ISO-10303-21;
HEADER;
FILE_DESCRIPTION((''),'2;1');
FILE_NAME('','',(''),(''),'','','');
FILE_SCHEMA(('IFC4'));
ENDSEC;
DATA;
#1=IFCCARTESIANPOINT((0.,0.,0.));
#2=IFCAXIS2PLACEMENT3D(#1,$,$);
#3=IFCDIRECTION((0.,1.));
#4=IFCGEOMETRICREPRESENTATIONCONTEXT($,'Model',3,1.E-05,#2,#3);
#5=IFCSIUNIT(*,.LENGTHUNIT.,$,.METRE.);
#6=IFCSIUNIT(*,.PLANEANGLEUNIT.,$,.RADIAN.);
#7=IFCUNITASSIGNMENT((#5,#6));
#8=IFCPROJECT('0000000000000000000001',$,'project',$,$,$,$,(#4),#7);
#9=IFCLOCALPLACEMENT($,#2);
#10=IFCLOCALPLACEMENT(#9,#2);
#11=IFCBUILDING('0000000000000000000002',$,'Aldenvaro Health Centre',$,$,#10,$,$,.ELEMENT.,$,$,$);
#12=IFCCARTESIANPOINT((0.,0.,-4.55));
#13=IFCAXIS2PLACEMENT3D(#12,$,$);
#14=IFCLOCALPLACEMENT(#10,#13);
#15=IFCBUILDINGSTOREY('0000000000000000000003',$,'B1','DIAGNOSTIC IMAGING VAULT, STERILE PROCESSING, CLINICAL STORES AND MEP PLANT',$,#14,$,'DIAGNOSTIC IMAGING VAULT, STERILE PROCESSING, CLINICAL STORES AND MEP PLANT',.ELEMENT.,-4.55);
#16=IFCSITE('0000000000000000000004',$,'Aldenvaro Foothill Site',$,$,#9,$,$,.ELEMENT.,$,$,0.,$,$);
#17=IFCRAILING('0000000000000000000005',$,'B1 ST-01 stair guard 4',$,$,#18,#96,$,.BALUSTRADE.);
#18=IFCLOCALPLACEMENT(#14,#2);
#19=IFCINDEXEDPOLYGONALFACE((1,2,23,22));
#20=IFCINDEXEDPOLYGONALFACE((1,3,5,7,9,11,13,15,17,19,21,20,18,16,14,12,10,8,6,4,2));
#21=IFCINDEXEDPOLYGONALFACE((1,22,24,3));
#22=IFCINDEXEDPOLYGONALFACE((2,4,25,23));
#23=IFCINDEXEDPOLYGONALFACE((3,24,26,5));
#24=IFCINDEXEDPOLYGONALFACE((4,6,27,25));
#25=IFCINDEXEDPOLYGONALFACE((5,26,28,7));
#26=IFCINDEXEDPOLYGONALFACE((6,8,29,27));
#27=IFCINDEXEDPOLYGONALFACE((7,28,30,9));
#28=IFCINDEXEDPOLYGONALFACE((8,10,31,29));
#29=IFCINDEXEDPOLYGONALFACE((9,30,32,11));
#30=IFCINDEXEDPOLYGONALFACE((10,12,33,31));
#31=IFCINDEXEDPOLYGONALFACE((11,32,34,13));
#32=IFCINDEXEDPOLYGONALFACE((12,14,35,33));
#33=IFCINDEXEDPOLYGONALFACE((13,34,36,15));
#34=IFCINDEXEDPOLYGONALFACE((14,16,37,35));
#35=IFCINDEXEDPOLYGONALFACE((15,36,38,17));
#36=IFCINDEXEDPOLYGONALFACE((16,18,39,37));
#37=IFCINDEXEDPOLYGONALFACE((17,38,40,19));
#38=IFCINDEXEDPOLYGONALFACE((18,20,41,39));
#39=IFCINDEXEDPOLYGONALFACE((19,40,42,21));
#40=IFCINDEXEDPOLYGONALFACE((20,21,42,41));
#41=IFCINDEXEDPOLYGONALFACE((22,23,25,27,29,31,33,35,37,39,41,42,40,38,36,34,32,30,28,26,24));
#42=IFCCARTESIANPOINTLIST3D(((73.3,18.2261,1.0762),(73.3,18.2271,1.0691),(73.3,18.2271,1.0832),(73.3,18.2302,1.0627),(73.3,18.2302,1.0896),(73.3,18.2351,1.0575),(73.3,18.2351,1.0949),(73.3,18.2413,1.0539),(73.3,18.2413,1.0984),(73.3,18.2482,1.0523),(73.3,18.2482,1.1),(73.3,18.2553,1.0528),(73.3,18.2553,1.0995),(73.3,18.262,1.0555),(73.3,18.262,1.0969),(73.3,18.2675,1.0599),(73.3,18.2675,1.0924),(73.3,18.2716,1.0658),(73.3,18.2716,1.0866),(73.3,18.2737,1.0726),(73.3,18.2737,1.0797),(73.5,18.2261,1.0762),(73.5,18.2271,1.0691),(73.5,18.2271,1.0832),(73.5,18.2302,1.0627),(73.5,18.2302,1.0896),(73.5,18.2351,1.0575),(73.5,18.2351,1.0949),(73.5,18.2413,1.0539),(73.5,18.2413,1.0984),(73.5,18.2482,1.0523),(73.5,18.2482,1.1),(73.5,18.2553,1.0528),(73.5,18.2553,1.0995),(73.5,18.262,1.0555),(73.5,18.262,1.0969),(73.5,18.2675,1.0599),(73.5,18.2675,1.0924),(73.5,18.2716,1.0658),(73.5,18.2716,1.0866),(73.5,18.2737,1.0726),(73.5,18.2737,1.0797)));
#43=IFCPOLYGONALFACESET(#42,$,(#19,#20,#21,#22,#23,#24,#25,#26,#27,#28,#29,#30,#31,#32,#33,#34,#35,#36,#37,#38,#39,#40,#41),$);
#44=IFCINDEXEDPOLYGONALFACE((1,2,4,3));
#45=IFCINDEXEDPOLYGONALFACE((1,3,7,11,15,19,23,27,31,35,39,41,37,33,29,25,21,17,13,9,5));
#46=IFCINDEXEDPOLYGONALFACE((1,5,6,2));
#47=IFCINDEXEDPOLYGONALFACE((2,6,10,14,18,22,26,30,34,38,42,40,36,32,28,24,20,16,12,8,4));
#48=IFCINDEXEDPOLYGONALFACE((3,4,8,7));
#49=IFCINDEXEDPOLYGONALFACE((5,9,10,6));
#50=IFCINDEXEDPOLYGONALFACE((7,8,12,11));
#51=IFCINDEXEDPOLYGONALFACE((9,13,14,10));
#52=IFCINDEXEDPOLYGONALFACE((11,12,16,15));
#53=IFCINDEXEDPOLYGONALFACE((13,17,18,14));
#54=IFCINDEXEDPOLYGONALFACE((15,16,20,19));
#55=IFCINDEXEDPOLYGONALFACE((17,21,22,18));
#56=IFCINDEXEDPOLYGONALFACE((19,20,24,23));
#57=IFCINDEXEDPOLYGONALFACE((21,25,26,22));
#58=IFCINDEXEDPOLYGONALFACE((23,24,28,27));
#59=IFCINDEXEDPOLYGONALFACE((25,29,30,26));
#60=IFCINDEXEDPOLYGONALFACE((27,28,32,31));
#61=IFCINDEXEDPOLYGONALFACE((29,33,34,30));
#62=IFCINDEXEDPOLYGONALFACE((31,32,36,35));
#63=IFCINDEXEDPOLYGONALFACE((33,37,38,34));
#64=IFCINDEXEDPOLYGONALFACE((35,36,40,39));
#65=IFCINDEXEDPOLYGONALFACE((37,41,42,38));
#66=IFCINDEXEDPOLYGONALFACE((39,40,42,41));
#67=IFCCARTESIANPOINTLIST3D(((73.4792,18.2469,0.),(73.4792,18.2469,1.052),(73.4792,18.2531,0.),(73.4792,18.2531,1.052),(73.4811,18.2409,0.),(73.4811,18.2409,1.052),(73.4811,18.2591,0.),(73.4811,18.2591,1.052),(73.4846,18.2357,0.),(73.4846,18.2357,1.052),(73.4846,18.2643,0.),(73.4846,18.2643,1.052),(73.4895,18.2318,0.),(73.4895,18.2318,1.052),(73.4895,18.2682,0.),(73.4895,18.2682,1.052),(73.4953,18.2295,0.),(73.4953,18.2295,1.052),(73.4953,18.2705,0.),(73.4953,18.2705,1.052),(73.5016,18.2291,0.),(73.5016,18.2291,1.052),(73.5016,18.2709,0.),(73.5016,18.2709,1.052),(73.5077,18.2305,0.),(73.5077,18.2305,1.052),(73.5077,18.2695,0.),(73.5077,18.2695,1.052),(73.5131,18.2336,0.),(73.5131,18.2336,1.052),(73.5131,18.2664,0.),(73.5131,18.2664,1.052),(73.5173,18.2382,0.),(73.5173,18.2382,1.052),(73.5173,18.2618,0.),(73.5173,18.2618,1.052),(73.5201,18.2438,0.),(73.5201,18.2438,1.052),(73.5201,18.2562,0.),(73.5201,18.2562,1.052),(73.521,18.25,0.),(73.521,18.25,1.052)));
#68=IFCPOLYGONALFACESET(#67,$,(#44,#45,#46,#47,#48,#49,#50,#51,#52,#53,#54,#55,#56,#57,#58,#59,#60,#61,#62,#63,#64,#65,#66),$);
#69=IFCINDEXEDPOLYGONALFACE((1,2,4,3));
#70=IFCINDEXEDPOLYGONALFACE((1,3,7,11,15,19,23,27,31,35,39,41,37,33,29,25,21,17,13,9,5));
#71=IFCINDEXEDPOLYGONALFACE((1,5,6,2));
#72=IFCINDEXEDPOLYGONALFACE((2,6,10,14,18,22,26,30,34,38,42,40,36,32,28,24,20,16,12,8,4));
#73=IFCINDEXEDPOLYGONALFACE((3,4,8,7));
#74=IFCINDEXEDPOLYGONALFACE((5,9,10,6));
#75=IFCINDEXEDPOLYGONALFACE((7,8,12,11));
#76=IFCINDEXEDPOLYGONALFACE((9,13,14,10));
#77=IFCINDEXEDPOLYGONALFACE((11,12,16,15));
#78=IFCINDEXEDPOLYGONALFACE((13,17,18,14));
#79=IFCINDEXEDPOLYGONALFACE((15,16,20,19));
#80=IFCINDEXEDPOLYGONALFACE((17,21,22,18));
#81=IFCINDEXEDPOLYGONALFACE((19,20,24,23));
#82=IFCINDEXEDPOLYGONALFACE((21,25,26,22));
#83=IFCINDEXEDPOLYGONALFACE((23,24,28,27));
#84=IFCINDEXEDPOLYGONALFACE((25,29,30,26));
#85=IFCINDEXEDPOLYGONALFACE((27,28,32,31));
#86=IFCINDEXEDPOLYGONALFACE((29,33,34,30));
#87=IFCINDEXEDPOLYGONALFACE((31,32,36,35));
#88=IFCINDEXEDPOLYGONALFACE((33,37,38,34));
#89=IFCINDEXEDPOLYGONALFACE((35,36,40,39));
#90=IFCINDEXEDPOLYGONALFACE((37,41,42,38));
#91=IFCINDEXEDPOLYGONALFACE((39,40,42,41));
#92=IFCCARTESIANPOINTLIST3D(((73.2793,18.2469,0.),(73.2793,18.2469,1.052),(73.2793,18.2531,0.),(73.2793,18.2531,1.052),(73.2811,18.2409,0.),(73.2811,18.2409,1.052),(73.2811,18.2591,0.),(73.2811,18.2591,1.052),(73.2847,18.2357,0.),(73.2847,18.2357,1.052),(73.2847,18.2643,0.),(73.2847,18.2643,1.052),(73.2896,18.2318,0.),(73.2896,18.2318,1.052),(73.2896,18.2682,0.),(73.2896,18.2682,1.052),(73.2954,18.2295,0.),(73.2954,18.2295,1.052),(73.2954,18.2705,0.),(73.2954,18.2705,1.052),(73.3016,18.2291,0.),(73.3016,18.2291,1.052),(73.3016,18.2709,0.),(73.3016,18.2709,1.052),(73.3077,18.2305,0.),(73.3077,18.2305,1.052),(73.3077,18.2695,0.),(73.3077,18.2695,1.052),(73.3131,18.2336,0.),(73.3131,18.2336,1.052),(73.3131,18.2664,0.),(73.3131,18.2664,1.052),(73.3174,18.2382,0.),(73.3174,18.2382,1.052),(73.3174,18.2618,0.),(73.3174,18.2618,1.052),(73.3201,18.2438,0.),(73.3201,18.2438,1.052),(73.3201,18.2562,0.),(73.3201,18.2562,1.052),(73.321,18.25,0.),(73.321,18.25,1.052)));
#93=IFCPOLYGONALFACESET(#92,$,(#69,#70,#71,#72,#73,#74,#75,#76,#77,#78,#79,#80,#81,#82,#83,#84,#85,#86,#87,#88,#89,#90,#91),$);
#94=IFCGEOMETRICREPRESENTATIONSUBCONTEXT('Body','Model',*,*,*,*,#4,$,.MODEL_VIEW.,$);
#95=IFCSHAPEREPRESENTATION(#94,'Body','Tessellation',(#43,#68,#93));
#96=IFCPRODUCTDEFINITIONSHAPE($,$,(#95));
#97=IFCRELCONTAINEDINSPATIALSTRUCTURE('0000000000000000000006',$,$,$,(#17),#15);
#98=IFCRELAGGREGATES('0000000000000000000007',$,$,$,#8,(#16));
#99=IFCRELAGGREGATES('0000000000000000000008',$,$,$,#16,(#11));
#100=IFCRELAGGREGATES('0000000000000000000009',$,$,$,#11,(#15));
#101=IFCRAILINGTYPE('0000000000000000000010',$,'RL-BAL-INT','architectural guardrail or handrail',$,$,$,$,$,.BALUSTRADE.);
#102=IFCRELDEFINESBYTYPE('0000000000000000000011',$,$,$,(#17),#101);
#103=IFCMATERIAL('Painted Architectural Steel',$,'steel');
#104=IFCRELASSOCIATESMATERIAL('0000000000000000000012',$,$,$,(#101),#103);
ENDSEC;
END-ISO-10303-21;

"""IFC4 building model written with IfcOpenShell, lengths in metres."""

from ifc_helpers import new_model, si_unit, direction, frame, origin, origin_2d, place, context, subcontext, project, spatial, circle, extrude, material, type_object, element, save


model = new_model("IFC4")

# Units and contexts
model_context = context("Model", 3, precision=1e-05, world=origin(), true_north=direction((0.0, 1.0)))
body_context = subcontext(model_context, "Body", "Model", "MODEL_VIEW")
ifc_project = project(units=[si_unit("LENGTHUNIT", "METRE"), si_unit("PLANEANGLEUNIT", "RADIAN")], contexts=[model_context])

# Site, building, storey
site_placement = place(None, origin())
site = spatial("IfcSite", under=ifc_project, at=site_placement, Name="Aldenvaro Foothill Site", CompositionType="ELEMENT", RefElevation=0.0)
building_placement = place(site_placement, origin())
building = spatial("IfcBuilding", under=site, at=building_placement, Name="Aldenvaro Health Centre", CompositionType="ELEMENT")
storey_placement = place(building_placement, frame((0.0, 0.0, -4.55)))
storey = spatial("IfcBuildingStorey", under=building, at=storey_placement, Name="B1", Description="DIAGNOSTIC IMAGING VAULT, STERILE PROCESSING, CLINICAL STORES AND MEP PLANT", LongName="DIAGNOSTIC IMAGING VAULT, STERILE PROCESSING, CLINICAL STORES AND MEP PLANT", CompositionType="ELEMENT", Elevation=-4.55)

# Railing
ifc_material_1 = material(Name="Painted Architectural Steel", Category="steel")
railing_type_1 = type_object("IfcRailingType", Name="RL-BAL-INT", Description="architectural guardrail or handrail", PredefinedType="BALUSTRADE", material=ifc_material_1)
railing_1_placement = place(storey_placement, frame((73.5, 18.25, 0.0)))
element("IfcRailing", 1, at=railing_1_placement, inside=storey, type_object=railing_type_1, Name="B1 ST-01 stair guard 4", PredefinedType="BALUSTRADE", context=body_context, shape_type="SweptSolid", body=[
    extrude(circle(Radius=0.0239, at=origin_2d()), frame((0.0, 0.0, 1.0762), z_axis=(-1.0, 0.0, 0.0), x_axis=(0.0, -1.0, 0.0)), (0.0, 0.0, 1.0), 0.2),
    extrude(circle(Radius=0.021, at=origin_2d()), origin(), (0.0, 0.0, 1.0), 1.052),
    extrude(circle(Radius=0.021, at=origin_2d()), frame((-0.2, 0.0, 0.0)), (0.0, 0.0, 1.0), 1.052),
])

save(model, "model.ifc")
